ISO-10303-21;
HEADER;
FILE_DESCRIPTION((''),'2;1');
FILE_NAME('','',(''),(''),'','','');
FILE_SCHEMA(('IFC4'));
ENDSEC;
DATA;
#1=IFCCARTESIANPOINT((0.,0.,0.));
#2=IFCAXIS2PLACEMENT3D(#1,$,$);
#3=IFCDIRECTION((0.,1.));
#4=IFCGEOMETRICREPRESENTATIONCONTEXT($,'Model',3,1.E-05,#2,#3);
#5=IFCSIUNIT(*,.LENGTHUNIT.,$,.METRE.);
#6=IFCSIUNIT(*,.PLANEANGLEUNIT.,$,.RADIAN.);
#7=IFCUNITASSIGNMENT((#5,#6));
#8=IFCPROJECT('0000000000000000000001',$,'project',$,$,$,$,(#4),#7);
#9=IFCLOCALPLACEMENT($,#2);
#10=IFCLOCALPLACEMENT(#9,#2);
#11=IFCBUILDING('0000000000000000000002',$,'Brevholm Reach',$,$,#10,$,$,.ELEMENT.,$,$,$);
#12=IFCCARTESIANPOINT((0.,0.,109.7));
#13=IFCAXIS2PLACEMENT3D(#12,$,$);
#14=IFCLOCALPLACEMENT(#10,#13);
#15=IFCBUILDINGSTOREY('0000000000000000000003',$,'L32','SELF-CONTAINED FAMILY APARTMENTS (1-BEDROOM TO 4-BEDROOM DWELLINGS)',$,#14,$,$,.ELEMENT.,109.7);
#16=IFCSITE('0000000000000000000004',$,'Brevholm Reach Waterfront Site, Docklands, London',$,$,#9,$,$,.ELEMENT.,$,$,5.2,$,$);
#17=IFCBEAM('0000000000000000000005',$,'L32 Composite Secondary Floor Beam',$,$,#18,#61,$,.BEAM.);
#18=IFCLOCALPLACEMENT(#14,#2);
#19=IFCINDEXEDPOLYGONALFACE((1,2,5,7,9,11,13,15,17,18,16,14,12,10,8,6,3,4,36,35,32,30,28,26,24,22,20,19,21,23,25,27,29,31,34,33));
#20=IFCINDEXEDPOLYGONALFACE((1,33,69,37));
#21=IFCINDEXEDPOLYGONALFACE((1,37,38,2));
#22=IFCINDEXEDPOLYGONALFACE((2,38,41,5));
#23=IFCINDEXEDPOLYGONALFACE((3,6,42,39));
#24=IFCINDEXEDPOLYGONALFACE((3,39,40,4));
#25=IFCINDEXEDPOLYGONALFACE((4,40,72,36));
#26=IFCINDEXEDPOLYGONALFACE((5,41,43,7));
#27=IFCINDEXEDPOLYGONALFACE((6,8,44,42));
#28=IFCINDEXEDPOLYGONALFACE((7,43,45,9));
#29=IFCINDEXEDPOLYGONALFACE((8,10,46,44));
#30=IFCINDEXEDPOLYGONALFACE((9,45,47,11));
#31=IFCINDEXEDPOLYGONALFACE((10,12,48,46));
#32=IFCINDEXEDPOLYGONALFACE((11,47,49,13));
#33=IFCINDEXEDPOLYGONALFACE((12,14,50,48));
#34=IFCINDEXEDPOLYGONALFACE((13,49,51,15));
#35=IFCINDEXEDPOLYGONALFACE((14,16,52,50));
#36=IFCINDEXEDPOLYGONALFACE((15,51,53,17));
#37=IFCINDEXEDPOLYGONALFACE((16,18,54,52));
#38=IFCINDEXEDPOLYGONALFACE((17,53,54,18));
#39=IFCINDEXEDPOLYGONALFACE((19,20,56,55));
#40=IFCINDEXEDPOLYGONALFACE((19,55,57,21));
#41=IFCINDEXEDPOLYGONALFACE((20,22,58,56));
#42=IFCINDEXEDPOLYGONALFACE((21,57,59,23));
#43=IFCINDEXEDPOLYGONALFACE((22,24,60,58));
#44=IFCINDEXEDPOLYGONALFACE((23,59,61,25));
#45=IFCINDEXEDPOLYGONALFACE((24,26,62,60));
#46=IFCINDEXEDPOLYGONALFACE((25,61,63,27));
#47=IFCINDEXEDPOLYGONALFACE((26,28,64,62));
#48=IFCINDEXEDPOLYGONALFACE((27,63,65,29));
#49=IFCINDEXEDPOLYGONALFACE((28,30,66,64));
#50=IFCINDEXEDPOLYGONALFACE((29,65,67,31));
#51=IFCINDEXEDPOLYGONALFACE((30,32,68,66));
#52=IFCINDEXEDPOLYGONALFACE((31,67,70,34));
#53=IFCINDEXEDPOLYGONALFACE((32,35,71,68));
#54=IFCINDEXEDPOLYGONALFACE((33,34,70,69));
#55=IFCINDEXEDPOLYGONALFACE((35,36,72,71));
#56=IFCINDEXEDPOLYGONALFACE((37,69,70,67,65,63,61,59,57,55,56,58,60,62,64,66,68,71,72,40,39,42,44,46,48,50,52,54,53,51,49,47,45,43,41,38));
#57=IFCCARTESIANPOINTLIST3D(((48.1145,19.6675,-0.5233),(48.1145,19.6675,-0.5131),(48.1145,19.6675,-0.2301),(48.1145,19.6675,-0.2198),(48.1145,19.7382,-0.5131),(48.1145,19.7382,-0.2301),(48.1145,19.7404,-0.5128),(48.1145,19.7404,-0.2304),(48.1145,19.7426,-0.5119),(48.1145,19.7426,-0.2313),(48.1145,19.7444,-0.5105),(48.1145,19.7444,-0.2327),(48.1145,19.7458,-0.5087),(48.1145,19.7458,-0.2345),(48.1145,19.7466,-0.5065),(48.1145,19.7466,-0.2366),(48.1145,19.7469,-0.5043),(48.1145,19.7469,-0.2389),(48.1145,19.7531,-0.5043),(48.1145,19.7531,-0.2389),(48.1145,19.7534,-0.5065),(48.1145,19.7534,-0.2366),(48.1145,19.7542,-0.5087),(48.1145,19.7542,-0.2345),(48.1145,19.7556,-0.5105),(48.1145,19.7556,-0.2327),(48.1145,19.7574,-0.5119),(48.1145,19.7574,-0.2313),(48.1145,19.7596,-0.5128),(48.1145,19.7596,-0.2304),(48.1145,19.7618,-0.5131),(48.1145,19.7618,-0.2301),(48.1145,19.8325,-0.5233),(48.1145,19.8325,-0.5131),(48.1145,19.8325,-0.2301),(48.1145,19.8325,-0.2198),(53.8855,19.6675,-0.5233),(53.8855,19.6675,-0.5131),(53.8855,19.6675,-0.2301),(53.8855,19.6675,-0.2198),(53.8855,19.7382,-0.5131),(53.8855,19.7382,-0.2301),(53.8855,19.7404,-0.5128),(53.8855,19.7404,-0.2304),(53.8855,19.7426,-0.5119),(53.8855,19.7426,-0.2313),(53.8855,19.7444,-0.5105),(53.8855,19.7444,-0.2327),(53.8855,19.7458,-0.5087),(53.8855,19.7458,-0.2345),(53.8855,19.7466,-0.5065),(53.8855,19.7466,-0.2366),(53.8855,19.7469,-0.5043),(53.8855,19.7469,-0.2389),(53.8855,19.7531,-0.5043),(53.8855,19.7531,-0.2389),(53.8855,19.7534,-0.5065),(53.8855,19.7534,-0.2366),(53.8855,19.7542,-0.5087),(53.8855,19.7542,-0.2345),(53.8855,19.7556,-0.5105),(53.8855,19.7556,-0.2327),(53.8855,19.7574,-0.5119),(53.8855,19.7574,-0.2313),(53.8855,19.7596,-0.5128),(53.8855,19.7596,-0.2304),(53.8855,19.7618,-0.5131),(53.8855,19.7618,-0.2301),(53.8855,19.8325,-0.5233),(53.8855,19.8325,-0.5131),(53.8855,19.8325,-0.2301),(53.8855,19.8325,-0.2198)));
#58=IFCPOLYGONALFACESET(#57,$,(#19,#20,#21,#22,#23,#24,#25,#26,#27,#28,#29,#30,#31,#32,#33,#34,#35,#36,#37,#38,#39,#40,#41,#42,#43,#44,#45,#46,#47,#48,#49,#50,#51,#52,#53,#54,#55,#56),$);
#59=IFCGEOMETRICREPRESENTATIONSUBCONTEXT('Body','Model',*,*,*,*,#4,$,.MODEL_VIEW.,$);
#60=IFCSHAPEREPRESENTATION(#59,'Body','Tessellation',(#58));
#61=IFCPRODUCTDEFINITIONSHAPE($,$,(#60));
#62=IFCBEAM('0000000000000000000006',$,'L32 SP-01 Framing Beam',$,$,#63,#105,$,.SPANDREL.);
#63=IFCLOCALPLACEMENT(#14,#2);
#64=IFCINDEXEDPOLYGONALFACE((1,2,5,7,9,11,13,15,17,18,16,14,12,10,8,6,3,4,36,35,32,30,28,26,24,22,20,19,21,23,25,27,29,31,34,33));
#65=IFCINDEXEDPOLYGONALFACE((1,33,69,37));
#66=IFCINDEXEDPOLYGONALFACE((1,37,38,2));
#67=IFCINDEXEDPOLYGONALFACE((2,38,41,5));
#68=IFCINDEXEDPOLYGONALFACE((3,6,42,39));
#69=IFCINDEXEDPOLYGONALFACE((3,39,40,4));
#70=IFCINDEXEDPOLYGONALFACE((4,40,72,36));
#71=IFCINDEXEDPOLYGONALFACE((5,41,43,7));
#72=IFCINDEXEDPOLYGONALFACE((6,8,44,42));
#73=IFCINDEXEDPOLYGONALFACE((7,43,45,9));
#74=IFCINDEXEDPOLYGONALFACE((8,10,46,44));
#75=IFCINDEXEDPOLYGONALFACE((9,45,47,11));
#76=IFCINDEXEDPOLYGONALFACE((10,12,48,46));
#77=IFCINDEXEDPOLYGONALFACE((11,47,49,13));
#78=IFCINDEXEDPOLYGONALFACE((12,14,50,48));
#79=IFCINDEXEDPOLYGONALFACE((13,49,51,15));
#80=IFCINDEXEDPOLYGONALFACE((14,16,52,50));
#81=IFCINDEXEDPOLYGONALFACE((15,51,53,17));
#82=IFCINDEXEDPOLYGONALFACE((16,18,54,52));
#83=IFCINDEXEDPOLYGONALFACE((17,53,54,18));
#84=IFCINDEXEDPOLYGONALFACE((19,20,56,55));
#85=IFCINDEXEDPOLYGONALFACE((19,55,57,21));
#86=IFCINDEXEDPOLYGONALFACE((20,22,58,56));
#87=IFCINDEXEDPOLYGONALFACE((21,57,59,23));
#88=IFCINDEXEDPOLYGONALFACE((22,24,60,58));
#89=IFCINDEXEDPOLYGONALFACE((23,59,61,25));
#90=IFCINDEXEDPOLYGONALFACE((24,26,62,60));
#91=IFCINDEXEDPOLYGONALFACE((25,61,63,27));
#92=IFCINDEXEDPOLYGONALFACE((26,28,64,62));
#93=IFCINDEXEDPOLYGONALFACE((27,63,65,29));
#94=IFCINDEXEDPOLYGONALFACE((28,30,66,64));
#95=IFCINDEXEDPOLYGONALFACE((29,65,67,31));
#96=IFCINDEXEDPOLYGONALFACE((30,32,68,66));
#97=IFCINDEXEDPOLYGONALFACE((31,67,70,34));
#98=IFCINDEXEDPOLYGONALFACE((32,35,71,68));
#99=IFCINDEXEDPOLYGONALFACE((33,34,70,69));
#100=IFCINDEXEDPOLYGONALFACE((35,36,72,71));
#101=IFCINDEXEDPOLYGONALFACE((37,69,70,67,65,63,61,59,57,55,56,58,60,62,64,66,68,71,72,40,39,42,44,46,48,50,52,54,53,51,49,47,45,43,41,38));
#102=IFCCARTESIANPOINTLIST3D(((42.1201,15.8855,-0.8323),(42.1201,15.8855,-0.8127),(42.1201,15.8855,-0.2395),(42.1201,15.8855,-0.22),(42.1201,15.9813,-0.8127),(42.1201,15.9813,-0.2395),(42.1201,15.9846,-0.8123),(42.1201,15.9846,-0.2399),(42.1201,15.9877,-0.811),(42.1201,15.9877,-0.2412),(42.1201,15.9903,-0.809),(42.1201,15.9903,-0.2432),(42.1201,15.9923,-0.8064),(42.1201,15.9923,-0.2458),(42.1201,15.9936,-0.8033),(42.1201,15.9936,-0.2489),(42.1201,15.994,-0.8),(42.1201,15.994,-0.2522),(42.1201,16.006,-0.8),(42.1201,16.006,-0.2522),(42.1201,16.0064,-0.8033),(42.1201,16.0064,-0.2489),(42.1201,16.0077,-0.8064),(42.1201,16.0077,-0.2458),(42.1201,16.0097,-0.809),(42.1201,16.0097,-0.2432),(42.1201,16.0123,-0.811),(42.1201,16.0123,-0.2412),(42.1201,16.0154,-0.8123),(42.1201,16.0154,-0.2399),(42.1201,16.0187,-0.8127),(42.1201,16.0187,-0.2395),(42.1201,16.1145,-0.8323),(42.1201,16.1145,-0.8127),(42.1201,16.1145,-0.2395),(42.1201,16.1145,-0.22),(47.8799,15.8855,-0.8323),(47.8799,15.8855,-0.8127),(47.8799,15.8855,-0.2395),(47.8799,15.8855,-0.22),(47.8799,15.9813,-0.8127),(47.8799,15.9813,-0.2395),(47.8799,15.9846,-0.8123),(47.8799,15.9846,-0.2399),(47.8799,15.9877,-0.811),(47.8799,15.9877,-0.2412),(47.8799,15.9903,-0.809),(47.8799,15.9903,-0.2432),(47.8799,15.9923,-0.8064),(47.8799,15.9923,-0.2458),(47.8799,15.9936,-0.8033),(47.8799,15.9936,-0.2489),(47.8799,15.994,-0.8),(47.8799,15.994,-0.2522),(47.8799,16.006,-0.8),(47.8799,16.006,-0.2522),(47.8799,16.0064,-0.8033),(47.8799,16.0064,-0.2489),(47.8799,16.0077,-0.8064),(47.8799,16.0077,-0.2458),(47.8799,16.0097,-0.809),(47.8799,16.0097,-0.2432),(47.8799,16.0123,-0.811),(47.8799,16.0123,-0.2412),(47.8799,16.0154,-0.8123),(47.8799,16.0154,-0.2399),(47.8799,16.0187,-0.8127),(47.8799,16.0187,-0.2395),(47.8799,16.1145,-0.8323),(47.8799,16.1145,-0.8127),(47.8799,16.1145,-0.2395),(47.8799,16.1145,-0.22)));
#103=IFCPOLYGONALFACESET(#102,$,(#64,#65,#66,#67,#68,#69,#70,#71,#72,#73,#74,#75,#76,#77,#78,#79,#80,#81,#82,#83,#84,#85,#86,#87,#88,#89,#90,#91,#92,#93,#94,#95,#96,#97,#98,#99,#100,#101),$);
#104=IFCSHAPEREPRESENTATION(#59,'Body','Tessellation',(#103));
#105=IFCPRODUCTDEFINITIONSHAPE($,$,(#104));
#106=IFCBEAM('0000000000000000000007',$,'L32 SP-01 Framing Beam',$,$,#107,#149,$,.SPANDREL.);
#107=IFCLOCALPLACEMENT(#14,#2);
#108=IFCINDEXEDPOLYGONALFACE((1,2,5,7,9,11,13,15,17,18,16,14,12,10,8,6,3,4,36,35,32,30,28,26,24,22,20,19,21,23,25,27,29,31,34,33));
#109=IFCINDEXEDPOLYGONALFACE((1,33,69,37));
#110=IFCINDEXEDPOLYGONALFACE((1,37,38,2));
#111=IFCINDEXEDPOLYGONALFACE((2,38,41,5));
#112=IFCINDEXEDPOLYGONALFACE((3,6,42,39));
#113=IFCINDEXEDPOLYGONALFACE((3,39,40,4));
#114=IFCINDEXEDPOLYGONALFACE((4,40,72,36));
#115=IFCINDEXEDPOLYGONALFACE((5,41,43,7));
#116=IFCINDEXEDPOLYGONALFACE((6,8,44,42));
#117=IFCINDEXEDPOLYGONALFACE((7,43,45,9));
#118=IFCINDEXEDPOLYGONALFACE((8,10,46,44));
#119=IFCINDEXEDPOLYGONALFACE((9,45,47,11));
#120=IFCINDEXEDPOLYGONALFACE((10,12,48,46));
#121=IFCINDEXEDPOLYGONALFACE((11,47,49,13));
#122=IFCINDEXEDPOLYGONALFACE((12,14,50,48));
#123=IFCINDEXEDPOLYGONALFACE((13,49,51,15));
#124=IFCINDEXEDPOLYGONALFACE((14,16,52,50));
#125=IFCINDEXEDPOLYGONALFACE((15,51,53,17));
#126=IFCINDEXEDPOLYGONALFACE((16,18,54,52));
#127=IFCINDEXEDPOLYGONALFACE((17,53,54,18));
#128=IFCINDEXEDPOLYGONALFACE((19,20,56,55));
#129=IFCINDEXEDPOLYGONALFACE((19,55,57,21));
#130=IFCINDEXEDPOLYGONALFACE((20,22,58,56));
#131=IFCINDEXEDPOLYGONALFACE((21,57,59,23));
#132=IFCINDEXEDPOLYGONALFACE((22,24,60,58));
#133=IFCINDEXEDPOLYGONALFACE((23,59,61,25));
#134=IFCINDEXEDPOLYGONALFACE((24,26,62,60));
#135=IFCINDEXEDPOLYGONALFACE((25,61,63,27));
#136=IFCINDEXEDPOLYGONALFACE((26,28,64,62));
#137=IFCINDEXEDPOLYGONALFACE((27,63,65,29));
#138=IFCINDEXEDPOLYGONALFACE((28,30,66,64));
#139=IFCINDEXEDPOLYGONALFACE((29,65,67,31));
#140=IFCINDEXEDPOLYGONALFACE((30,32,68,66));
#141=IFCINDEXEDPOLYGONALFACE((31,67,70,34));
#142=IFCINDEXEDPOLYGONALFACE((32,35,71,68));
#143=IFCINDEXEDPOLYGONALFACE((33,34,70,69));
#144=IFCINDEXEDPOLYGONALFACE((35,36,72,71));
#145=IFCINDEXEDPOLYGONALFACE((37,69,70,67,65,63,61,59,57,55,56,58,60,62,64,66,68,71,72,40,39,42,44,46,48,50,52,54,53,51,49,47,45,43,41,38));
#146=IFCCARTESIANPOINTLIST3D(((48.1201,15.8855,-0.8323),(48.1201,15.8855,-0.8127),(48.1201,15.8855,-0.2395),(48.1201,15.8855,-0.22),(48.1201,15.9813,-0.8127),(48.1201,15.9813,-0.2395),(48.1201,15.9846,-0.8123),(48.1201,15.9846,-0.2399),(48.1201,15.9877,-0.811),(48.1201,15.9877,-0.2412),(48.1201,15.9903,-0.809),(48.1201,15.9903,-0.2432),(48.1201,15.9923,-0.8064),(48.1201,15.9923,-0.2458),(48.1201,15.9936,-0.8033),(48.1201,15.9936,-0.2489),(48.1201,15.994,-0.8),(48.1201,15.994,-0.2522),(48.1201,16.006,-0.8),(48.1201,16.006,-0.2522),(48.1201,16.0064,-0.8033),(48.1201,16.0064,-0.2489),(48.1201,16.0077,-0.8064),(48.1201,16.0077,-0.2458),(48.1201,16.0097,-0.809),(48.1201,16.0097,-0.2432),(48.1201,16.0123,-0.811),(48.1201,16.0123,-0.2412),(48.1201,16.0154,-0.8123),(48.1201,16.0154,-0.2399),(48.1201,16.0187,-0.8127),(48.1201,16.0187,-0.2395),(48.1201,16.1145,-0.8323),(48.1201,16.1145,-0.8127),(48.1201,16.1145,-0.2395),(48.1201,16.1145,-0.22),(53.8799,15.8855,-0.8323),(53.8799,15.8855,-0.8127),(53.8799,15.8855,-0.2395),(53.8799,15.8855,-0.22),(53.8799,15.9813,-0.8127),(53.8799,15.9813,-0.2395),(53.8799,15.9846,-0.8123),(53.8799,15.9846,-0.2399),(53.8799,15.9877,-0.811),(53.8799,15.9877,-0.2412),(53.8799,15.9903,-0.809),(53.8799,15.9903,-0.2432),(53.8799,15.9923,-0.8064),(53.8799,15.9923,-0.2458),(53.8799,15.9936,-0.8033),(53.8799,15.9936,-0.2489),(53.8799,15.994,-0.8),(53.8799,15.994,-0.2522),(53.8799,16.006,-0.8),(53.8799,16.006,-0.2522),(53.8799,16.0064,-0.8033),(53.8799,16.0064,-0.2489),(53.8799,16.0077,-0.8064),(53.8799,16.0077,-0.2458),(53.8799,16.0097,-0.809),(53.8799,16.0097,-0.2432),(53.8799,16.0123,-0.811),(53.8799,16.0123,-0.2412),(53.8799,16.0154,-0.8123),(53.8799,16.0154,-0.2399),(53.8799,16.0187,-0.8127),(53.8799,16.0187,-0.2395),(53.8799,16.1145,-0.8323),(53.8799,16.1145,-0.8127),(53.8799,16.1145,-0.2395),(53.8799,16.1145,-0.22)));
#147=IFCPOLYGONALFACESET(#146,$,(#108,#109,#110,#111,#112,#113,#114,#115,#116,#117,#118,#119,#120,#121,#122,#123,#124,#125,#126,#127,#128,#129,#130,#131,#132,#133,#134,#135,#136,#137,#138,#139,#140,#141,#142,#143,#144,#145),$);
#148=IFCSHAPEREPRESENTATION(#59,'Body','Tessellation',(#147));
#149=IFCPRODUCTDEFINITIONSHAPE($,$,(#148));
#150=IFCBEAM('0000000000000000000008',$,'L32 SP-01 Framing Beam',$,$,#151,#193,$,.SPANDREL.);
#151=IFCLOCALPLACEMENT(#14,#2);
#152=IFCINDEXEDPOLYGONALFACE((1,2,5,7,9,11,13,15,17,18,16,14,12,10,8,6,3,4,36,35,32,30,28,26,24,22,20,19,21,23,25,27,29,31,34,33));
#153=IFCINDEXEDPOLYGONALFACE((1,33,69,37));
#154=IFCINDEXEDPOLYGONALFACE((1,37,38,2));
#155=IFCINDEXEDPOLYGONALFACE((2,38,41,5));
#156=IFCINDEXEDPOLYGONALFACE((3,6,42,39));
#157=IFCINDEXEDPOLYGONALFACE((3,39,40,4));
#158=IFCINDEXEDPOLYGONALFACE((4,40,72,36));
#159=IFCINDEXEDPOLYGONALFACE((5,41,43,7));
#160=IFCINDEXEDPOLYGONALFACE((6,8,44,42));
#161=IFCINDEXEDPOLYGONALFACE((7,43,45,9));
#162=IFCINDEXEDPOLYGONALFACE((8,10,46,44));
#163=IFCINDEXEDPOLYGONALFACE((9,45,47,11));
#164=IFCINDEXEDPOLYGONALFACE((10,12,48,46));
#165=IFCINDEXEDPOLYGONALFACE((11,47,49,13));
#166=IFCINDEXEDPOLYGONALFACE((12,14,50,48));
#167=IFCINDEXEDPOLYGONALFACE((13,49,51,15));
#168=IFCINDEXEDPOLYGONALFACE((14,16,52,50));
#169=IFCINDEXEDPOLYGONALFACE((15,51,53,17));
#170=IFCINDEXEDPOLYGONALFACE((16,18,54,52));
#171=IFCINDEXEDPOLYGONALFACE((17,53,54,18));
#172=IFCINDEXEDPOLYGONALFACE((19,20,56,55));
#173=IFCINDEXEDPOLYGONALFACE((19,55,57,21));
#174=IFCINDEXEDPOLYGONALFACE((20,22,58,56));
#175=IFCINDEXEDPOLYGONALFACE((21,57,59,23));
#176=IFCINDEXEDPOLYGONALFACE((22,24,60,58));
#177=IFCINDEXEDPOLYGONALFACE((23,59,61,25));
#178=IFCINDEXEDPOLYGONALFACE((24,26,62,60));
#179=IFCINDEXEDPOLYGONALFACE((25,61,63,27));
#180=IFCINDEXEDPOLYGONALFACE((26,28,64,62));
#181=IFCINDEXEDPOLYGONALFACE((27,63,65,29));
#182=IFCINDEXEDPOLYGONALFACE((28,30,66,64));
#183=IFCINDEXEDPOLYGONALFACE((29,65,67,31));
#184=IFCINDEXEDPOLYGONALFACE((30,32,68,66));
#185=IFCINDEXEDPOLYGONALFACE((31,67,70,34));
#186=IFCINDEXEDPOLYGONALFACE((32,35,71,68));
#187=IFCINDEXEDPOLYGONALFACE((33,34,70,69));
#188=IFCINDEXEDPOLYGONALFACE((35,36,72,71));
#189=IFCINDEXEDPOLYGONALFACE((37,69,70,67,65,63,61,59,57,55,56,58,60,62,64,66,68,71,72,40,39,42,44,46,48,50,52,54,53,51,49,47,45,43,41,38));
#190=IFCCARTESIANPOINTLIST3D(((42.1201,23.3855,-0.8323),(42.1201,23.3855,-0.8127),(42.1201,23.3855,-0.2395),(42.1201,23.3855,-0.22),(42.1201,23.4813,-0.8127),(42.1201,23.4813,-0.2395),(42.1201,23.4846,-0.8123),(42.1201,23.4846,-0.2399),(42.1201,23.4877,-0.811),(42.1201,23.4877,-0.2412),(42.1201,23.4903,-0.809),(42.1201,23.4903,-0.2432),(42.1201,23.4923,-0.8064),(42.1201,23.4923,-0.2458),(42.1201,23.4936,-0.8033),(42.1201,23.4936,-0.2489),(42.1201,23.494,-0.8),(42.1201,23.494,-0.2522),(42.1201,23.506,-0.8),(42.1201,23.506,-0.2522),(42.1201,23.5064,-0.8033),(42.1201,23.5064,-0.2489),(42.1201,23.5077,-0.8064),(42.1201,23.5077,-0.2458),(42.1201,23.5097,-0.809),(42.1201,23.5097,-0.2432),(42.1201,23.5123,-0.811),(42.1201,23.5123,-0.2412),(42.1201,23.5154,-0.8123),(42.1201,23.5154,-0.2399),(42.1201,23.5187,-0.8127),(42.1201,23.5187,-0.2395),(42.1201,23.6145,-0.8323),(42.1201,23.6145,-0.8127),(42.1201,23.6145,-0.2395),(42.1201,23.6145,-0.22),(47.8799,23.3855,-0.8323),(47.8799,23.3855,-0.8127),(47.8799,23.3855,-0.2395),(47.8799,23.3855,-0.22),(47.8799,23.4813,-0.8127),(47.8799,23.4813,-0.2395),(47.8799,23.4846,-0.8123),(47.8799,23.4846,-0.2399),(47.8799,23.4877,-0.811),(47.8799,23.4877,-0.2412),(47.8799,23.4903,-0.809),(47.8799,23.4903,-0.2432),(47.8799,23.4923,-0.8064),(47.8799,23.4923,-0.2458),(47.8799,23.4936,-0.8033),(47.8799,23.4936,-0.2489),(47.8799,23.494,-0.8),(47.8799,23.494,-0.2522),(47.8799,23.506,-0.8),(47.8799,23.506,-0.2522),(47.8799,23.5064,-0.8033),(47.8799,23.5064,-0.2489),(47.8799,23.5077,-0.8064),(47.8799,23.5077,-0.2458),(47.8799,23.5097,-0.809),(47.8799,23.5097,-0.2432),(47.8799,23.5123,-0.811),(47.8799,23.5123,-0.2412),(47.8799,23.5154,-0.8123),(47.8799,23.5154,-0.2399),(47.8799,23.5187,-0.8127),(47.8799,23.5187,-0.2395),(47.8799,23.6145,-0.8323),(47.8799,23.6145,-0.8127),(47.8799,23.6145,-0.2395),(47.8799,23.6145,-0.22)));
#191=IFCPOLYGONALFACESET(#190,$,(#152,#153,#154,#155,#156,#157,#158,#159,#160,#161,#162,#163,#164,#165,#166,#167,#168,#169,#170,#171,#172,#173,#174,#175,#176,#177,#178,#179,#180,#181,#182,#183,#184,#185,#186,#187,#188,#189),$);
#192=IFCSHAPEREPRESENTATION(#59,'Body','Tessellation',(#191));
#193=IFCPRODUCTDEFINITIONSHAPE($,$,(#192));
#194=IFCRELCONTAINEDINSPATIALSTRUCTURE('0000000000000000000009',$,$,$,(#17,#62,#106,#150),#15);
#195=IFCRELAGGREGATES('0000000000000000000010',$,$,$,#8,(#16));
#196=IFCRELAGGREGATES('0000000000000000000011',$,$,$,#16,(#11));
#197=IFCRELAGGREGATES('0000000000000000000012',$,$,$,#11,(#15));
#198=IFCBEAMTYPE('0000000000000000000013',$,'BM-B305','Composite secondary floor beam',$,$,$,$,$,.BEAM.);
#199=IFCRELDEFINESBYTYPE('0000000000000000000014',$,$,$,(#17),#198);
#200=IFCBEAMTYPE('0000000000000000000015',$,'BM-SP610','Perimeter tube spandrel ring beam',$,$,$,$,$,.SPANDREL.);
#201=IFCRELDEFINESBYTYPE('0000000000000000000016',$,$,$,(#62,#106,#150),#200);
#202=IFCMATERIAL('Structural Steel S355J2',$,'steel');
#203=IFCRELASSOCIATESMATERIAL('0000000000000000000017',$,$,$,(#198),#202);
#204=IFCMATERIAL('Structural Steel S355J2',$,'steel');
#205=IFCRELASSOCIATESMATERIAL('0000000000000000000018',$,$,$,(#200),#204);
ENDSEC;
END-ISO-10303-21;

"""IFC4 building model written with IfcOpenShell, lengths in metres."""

from ifc_helpers import new_model, si_unit, direction, frame, origin, origin_2d, place, context, subcontext, project, spatial, i_section, extrude, material, material_profile, profile_set, type_object, element, save


model = new_model("IFC4")

# Units and contexts
model_context = context("Model", 3, precision=1e-05, world=origin(), true_north=direction((0.0, 1.0)))
body_context = subcontext(model_context, "Body", "Model", "MODEL_VIEW")
ifc_project = project(units=[si_unit("LENGTHUNIT", "METRE"), si_unit("PLANEANGLEUNIT", "RADIAN")], contexts=[model_context])

# Site, building, storey
site_placement = place(None, origin())
site = spatial("IfcSite", under=ifc_project, at=site_placement, Name="Brevholm Reach Waterfront Site, Docklands, London", CompositionType="ELEMENT", RefElevation=5.2)
building_placement = place(site_placement, origin())
building = spatial("IfcBuilding", under=site, at=building_placement, Name="Brevholm Reach", CompositionType="ELEMENT")
storey_placement = place(building_placement, frame((0.0, 0.0, 109.7)))
storey = spatial("IfcBuildingStorey", under=building, at=storey_placement, Name="L32", Description="SELF-CONTAINED FAMILY APARTMENTS (1-BEDROOM TO 4-BEDROOM DWELLINGS)", CompositionType="ELEMENT", Elevation=109.7)

# Beams
ifc_material_1 = material(Name="Structural Steel S355J2", Category="steel")
ifc_material_profile_1 = material_profile(ifc_material_1, i_section(OverallWidth=0.165, OverallDepth=0.3035, WebThickness=0.0061, FlangeThickness=0.0103, FilletRadius=0.0088, at=origin_2d()), Name="UKB 305x165x40")
ifc_profile_set_1 = profile_set([ifc_material_profile_1], Name="Structural Steel S355J2")
beam_type_1 = type_object("IfcBeamType", Name="BM-B305", Description="Composite secondary floor beam", PredefinedType="BEAM", material=ifc_profile_set_1)
for number, where, z_axis, x_axis, name in (
    (1, (48.1145, 19.75, -0.3716), (1.0, 0.0, 0.0), (0.0, 1.0, 0.0), "L32 Composite Secondary Floor Beam"),
):
    element("IfcBeam", number, at=place(storey_placement, frame(where, z_axis=z_axis, x_axis=x_axis)), inside=storey, type_object=beam_type_1, Name=name, PredefinedType="BEAM", context=body_context, shape_type="SweptSolid", body=[
        extrude(i_section(OverallWidth=0.165, OverallDepth=0.3035, WebThickness=0.0061, FlangeThickness=0.0103, FilletRadius=0.0088, at=origin_2d()), origin(), (0.0, 0.0, 1.0), 5.771),
    ])
ifc_material_2 = material(Name="Structural Steel S355J2", Category="steel")
ifc_material_profile_2 = material_profile(ifc_material_2, i_section(OverallWidth=0.229, OverallDepth=0.6123, WebThickness=0.012, FlangeThickness=0.0195, FilletRadius=0.0127, at=origin_2d()), Name="UKB 610x229x125")
ifc_profile_set_2 = profile_set([ifc_material_profile_2], Name="Structural Steel S355J2")
beam_type_2 = type_object("IfcBeamType", Name="BM-SP610", Description="Perimeter tube spandrel ring beam", PredefinedType="SPANDREL", material=ifc_profile_set_2)
for number, where, z_axis, x_axis, name in (
    (2, (42.1201, 16.0, -0.5261), (1.0, 0.0, 0.0), (0.0, 1.0, 0.0), "L32 SP-01 Framing Beam"),
    (3, (48.1201, 16.0, -0.5261), (1.0, 0.0, 0.0), (0.0, 1.0, 0.0), "L32 SP-01 Framing Beam"),
    (4, (42.1201, 23.5, -0.5261), (1.0, 0.0, 0.0), (0.0, 1.0, 0.0), "L32 SP-01 Framing Beam"),
):
    element("IfcBeam", number, at=place(storey_placement, frame(where, z_axis=z_axis, x_axis=x_axis)), inside=storey, type_object=beam_type_2, Name=name, PredefinedType="SPANDREL", context=body_context, shape_type="SweptSolid", body=[
        extrude(i_section(OverallWidth=0.229, OverallDepth=0.6123, WebThickness=0.012, FlangeThickness=0.0195, FilletRadius=0.0127, at=origin_2d()), origin(), (0.0, 0.0, 1.0), 5.7598),
    ])

save(model, "model.ifc")
